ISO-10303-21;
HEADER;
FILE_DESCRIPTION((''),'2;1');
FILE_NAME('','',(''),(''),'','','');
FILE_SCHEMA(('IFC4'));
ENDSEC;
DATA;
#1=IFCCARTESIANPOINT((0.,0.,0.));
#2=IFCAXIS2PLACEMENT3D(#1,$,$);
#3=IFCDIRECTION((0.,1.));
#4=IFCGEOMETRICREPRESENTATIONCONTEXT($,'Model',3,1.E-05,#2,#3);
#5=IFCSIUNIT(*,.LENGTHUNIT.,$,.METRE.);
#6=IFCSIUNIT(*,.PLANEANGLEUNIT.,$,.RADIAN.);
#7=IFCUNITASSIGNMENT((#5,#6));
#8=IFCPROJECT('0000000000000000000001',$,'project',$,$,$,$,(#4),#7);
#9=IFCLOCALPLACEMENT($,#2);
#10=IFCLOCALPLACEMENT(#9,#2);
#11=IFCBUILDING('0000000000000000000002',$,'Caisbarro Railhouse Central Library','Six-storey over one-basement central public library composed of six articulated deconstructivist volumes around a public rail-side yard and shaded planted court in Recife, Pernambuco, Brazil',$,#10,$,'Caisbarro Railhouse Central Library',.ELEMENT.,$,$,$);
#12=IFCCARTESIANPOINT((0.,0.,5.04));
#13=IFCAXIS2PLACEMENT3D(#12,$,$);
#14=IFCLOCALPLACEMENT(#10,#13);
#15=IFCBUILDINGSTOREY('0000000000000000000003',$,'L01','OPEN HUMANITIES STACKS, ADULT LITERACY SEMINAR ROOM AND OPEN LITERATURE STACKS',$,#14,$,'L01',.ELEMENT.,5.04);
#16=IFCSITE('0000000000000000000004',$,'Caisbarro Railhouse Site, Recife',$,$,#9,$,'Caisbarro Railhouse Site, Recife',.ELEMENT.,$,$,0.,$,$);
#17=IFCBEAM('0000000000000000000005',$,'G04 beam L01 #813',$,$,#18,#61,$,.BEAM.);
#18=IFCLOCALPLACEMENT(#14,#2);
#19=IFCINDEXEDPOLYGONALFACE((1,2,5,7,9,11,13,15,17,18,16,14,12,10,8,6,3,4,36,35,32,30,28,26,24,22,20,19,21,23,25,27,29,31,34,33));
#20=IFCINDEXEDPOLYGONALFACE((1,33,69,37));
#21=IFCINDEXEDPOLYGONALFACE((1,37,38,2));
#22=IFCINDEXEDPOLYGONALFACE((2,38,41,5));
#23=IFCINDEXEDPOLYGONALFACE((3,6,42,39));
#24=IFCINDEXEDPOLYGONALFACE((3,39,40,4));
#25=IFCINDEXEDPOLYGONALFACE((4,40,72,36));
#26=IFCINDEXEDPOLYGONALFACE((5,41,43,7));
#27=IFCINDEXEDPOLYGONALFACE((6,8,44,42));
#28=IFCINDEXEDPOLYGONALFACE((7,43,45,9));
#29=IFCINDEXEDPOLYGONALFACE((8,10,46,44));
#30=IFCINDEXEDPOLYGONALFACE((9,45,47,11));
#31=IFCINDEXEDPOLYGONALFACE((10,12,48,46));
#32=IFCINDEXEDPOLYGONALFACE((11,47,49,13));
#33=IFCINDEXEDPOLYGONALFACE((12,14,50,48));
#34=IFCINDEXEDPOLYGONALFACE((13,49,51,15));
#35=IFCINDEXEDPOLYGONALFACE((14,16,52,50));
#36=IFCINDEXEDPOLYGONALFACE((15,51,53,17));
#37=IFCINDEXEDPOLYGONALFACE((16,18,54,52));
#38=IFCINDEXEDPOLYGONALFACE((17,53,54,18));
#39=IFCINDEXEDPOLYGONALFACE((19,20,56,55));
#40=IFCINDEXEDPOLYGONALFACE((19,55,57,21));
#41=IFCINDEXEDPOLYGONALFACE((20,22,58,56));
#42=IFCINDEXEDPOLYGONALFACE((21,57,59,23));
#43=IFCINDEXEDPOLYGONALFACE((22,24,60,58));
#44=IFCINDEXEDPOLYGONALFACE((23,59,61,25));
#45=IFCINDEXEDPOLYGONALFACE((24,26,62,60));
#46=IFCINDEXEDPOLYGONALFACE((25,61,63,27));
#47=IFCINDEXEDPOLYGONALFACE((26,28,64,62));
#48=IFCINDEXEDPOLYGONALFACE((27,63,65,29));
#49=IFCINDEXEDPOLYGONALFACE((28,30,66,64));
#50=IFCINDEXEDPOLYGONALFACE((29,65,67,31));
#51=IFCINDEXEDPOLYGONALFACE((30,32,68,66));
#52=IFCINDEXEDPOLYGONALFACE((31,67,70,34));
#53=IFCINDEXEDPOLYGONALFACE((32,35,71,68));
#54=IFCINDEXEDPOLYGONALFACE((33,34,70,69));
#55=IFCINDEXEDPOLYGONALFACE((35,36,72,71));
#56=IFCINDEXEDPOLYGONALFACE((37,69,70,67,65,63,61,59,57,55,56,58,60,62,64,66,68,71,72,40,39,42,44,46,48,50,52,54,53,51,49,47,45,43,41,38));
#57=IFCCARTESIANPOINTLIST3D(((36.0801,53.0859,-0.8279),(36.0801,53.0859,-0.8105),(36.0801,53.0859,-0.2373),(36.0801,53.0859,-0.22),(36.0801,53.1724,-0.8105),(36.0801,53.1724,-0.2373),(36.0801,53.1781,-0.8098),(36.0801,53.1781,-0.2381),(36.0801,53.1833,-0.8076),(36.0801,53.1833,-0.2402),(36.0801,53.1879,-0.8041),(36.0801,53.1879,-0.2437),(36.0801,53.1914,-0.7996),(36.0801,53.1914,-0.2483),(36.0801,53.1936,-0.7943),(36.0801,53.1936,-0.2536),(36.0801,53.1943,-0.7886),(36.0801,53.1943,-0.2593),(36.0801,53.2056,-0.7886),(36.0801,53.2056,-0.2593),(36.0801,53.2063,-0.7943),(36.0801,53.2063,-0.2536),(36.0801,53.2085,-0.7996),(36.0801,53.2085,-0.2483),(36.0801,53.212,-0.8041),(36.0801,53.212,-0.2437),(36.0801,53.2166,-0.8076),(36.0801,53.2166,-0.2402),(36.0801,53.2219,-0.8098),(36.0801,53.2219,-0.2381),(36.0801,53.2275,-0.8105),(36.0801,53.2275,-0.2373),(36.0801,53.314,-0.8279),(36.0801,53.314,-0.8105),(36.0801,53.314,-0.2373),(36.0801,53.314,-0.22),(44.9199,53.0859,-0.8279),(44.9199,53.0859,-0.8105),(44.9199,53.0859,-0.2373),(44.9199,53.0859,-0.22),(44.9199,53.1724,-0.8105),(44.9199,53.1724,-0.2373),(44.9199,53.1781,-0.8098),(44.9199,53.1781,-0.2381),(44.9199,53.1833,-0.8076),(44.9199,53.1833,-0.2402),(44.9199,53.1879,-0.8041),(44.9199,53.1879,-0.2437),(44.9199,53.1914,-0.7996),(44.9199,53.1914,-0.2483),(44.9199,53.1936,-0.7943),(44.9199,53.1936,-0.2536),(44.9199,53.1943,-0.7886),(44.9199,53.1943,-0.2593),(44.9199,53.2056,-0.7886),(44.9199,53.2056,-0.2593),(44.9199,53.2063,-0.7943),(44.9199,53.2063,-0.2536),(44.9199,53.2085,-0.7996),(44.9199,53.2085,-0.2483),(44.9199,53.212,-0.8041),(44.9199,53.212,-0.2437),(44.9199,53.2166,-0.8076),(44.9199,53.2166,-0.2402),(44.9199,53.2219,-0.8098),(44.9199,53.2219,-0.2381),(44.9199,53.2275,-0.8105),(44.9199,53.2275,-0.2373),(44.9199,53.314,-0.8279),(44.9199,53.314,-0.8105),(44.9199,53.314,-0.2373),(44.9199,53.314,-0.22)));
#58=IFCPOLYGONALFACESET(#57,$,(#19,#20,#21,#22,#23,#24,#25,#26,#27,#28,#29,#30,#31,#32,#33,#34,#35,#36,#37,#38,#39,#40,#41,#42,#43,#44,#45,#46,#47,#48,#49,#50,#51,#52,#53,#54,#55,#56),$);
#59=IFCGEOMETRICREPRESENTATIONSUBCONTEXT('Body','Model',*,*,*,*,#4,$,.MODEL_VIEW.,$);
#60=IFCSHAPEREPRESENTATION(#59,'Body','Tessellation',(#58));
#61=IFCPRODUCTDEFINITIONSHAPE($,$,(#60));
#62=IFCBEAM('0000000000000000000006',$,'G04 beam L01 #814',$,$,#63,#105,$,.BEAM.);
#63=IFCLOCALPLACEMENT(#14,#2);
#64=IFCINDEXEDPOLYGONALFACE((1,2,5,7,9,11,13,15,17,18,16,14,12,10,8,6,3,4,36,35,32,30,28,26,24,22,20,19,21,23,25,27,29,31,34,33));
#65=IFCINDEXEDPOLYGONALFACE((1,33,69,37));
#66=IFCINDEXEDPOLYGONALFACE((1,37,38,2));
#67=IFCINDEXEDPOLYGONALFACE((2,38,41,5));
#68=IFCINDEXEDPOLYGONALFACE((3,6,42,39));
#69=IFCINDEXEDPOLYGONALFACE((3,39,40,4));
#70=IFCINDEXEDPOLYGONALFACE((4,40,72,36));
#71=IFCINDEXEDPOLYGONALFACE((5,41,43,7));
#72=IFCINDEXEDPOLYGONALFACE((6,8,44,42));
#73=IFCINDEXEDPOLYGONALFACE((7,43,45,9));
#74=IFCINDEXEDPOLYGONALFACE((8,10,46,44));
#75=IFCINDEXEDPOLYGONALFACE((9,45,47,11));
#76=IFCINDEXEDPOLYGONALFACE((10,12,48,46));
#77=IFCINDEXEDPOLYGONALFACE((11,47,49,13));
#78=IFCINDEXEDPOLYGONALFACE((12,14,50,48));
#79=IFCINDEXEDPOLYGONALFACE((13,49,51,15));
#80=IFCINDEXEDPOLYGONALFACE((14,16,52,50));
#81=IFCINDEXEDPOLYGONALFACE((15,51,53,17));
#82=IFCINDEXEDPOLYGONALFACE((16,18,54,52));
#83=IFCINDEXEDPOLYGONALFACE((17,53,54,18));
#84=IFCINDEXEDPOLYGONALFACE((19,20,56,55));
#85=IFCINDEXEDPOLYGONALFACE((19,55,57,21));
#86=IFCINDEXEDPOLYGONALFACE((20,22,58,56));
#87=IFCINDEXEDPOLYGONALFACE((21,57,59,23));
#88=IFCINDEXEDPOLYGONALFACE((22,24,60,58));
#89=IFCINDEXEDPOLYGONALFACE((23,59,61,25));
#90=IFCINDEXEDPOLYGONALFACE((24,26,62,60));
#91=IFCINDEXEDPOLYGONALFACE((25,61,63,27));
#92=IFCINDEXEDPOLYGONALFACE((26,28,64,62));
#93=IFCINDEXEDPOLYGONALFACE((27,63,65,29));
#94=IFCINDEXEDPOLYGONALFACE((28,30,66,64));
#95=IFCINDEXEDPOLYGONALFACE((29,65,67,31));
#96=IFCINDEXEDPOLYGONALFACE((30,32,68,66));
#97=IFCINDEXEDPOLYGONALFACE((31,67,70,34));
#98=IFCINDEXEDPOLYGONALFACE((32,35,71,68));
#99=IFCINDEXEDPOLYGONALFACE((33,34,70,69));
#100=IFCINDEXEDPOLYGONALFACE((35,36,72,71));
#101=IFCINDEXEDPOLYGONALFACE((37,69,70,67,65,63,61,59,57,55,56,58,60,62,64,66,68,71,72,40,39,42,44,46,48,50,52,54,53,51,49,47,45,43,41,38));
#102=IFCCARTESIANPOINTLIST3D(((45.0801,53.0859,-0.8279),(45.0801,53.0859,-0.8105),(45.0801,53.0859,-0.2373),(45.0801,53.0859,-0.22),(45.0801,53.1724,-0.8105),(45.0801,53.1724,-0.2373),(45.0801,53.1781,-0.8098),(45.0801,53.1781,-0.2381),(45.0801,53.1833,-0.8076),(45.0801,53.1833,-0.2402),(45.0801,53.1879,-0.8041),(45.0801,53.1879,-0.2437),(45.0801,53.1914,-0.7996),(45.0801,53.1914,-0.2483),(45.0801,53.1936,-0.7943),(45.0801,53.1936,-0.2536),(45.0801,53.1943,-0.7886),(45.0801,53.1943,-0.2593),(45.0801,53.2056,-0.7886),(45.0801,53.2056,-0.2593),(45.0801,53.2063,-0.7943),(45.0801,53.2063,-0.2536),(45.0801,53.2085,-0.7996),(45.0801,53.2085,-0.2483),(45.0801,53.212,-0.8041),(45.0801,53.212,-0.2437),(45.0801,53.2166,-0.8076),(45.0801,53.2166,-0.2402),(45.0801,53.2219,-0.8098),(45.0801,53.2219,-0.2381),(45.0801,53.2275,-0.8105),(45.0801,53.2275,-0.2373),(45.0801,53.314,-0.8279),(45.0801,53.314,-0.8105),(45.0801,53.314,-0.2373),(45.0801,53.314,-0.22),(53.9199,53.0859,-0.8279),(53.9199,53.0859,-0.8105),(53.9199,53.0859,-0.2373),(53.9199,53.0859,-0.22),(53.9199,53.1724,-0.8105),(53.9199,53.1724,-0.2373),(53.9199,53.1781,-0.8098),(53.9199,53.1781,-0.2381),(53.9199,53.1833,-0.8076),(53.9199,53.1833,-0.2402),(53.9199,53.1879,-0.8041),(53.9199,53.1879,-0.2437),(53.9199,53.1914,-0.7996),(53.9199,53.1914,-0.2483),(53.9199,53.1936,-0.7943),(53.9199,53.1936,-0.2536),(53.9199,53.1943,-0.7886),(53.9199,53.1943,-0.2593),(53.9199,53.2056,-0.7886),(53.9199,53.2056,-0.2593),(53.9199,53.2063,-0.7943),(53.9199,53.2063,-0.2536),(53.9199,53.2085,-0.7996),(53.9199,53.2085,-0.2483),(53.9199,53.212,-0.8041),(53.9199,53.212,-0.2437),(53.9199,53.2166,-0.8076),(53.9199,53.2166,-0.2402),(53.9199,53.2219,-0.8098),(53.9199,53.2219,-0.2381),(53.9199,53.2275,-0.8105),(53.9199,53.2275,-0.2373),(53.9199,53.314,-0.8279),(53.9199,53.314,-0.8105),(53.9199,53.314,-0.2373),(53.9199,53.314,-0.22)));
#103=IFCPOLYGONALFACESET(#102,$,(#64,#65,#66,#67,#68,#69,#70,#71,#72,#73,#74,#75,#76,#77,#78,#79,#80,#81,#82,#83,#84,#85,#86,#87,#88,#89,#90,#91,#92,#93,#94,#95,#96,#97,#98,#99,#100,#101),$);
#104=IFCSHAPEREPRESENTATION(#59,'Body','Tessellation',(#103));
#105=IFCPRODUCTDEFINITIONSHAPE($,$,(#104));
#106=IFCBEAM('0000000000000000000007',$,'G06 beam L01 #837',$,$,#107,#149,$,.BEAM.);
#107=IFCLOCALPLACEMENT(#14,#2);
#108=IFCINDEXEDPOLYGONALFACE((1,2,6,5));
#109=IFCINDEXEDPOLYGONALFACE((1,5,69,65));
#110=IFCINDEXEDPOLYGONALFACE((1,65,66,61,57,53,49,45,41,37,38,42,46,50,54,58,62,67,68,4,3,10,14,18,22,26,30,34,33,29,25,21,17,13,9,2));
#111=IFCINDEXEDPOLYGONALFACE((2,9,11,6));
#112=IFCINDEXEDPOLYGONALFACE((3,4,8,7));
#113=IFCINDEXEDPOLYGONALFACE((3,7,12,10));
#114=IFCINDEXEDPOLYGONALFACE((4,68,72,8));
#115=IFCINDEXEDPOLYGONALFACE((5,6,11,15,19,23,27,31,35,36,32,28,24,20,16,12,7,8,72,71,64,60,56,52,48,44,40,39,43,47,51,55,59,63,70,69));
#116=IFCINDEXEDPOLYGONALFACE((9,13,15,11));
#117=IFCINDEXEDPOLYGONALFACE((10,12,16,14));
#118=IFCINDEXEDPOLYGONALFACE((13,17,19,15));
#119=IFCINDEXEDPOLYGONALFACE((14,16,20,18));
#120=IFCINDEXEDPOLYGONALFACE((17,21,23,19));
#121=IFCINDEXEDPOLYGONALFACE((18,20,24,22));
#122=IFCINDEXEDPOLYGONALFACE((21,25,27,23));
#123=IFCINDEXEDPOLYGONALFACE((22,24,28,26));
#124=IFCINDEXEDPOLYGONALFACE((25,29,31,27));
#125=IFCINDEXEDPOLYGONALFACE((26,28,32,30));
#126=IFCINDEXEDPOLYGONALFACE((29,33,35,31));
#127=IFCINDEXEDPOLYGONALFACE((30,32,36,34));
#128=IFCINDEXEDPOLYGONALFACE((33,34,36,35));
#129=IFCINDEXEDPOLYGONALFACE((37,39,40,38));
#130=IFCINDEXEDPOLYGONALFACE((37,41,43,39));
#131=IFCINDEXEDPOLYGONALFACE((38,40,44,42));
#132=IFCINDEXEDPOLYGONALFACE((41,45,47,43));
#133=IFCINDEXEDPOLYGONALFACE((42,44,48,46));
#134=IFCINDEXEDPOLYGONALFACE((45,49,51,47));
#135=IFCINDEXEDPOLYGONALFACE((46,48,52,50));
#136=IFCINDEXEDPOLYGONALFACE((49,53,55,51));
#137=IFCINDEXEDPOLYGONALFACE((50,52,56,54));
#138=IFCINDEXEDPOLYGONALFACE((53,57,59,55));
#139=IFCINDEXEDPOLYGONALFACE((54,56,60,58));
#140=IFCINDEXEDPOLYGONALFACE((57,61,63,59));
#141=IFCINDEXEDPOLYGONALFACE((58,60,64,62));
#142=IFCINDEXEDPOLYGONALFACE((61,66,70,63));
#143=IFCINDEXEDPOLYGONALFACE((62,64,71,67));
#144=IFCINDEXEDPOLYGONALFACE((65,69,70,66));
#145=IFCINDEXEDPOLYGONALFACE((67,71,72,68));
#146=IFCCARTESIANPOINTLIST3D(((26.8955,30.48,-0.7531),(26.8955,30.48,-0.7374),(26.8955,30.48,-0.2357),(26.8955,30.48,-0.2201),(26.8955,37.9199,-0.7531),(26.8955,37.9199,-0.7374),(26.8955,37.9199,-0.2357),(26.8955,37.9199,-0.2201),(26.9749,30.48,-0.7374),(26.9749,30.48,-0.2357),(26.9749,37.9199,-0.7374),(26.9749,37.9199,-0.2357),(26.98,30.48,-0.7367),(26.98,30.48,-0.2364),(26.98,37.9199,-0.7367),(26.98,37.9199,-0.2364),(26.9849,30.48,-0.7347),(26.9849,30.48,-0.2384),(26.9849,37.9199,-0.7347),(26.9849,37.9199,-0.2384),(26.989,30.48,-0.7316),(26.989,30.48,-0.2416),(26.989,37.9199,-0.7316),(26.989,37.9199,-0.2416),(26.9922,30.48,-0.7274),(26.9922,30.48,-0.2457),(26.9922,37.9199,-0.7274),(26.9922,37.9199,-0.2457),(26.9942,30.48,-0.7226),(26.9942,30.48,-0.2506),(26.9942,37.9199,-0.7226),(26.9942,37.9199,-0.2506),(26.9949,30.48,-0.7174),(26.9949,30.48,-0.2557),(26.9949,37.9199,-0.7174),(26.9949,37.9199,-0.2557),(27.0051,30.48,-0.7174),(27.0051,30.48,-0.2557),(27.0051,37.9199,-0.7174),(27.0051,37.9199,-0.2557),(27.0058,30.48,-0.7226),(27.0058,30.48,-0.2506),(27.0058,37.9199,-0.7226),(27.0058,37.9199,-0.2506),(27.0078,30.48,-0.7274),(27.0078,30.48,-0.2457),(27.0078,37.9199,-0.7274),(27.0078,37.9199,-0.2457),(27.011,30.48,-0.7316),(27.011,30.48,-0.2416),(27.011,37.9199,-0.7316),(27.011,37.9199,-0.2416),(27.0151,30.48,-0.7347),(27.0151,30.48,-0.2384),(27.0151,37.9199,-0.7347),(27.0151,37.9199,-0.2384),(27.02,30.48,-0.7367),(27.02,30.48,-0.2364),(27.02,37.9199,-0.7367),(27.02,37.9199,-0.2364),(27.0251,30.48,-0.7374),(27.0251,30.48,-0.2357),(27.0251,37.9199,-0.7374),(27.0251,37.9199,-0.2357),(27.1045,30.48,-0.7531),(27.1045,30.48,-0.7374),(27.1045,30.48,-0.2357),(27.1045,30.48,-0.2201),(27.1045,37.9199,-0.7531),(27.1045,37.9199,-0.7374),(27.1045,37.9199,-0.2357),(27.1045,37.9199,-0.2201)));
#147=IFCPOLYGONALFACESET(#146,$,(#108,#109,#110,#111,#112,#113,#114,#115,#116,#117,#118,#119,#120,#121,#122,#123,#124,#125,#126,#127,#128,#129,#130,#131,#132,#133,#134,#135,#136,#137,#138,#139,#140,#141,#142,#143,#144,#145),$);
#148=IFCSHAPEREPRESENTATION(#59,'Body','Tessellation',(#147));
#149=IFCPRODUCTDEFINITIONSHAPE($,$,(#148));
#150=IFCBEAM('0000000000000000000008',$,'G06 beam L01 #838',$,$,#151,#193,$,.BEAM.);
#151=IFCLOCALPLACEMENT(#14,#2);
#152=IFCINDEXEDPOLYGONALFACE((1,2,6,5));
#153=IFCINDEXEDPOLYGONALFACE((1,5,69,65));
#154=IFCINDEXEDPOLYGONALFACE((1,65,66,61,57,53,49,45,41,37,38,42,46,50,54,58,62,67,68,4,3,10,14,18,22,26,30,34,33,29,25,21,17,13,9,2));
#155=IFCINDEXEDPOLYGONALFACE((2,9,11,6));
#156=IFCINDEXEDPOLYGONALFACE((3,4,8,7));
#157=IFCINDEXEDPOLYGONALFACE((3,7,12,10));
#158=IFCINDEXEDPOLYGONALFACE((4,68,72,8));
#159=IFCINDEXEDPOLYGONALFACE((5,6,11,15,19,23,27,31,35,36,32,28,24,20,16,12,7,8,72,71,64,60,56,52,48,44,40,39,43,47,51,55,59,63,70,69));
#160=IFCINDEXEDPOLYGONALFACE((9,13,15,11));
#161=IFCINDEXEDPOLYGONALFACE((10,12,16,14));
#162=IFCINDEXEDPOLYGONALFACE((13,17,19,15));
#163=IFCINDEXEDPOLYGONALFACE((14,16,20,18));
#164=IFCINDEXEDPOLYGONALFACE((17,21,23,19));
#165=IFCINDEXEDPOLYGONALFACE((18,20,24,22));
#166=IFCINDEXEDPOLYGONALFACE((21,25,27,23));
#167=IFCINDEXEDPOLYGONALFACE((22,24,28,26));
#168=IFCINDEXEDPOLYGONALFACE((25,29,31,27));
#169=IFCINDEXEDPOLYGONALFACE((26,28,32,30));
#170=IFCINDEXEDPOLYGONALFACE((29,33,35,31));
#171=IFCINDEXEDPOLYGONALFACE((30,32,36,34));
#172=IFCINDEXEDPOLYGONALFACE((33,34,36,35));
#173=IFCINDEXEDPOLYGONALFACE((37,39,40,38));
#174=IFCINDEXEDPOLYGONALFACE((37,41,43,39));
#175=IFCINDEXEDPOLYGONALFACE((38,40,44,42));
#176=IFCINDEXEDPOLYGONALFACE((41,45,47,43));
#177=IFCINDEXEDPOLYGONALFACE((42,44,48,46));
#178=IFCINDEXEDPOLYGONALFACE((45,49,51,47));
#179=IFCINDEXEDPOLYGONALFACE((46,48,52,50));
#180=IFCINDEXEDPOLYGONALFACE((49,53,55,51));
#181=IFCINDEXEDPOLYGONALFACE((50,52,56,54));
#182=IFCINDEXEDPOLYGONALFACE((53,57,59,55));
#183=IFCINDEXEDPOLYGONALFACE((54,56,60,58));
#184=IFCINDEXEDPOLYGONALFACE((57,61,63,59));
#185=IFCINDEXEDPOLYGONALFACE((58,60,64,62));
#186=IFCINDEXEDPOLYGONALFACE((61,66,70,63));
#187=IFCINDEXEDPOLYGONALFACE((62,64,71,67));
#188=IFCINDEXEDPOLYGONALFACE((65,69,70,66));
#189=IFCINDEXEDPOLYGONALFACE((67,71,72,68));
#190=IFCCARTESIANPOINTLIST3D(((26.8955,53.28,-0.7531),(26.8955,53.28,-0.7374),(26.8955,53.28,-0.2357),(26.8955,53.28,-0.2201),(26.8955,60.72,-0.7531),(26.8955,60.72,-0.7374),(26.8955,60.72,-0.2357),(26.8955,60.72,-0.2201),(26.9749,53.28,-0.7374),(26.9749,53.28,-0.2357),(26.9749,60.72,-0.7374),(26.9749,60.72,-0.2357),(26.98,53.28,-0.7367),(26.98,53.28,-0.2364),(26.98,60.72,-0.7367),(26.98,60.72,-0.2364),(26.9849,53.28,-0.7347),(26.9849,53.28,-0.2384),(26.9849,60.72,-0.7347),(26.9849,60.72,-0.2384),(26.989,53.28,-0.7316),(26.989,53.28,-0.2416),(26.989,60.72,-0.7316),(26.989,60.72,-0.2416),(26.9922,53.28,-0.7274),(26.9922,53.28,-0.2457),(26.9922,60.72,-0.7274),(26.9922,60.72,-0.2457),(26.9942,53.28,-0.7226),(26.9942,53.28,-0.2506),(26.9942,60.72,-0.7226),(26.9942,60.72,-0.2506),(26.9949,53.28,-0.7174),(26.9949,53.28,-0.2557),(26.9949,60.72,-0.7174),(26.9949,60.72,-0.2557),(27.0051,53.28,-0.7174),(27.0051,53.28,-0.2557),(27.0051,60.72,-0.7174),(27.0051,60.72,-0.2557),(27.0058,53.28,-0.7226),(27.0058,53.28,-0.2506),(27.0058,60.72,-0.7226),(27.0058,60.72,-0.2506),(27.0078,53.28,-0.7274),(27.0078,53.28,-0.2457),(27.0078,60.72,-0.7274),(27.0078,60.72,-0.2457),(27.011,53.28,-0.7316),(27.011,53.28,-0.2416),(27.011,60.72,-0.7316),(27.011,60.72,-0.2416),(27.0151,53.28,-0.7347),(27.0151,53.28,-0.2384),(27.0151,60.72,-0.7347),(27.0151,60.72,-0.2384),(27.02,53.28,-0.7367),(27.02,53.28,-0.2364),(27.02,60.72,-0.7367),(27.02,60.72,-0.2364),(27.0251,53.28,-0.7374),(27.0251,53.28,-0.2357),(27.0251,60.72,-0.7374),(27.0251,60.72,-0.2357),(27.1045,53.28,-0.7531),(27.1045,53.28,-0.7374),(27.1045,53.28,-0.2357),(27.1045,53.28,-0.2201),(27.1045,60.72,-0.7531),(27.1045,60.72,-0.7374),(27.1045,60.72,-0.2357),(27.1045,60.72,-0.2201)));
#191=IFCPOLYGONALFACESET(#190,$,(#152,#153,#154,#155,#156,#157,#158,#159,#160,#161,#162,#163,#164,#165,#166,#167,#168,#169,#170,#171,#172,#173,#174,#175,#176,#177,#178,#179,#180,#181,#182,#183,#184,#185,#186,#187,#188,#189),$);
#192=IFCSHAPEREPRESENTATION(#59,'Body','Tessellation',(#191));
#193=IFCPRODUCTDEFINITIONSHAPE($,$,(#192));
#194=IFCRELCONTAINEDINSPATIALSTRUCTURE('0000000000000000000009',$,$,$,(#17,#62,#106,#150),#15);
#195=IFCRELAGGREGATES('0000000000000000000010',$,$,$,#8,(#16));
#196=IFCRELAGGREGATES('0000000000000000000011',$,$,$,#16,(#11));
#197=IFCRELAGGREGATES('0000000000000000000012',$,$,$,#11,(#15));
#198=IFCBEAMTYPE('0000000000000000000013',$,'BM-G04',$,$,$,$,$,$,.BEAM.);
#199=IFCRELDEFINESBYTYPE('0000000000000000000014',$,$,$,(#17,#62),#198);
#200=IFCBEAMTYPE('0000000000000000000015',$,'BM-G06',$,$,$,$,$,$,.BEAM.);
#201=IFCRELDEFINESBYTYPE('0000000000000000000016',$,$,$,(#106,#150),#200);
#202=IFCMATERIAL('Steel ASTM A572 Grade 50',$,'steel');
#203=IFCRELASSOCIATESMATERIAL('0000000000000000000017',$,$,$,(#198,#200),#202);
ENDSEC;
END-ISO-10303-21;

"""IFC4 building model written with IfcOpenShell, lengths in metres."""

from ifc_helpers import new_model, si_unit, direction, frame, origin, origin_2d, place, context, subcontext, project, spatial, i_section, extrude, material, material_profile, profile_set, type_object, element, save


model = new_model("IFC4")

# Units and contexts
model_context = context("Model", 3, precision=1e-05, world=origin(), true_north=direction((0.0, 1.0)))
body_context = subcontext(model_context, "Body", "Model", "MODEL_VIEW")
ifc_project = project(units=[si_unit("LENGTHUNIT", "METRE"), si_unit("PLANEANGLEUNIT", "RADIAN")], contexts=[model_context])

# Site, building, storey
site_placement = place(None, origin())
site = spatial("IfcSite", under=ifc_project, at=site_placement, Name="Caisbarro Railhouse Site, Recife", LongName="Caisbarro Railhouse Site, Recife", CompositionType="ELEMENT", RefElevation=0.0)
building_placement = place(site_placement, origin())
building = spatial("IfcBuilding", under=site, at=building_placement, Name="Caisbarro Railhouse Central Library", Description="Six-storey over one-basement central public library composed of six articulated deconstructivist volumes around a public rail-side yard and shaded planted court in Recife, Pernambuco, Brazil", LongName="Caisbarro Railhouse Central Library", CompositionType="ELEMENT")
storey_placement = place(building_placement, frame((0.0, 0.0, 5.04)))
storey = spatial("IfcBuildingStorey", under=building, at=storey_placement, Name="L01", Description="OPEN HUMANITIES STACKS, ADULT LITERACY SEMINAR ROOM AND OPEN LITERATURE STACKS", LongName="L01", CompositionType="ELEMENT", Elevation=5.04)

# Shared definitions
ifc_material = material(Name="Steel ASTM A572 Grade 50", Category="steel")

# Beams
ifc_material_profile_1 = material_profile(ifc_material, i_section(OverallWidth=0.228, OverallDepth=0.6079, WebThickness=0.0112, FlangeThickness=0.0173, FilletRadius=0.022, at=origin_2d()), Name="W610X113.0")
ifc_profile_set_1 = profile_set([ifc_material_profile_1], Name="Steel ASTM A572 Grade 50")
beam_type_1 = type_object("IfcBeamType", Name="BM-G04", PredefinedType="BEAM", material=ifc_profile_set_1)
for number, where, z_axis, x_axis, name in (
    (1, (36.0801, 53.2, -0.5239), (1.0, 0.0, 0.0), (0.0, 1.0, 0.0), "G04 beam L01 #813"),
    (2, (45.0801, 53.2, -0.5239), (1.0, 0.0, 0.0), (0.0, 1.0, 0.0), "G04 beam L01 #814"),
):
    element("IfcBeam", number, at=place(storey_placement, frame(where, z_axis=z_axis, x_axis=x_axis)), inside=storey, type_object=beam_type_1, Name=name, PredefinedType="BEAM", context=body_context, shape_type="SweptSolid", body=[
        extrude(i_section(OverallWidth=0.228, OverallDepth=0.6079, WebThickness=0.0112, FlangeThickness=0.0173, FilletRadius=0.022, at=origin_2d()), origin(), (0.0, 0.0, 1.0), 8.8398),
    ])
ifc_material_profile_2 = material_profile(ifc_material, i_section(OverallWidth=0.209, OverallDepth=0.533, WebThickness=0.0103, FlangeThickness=0.0156, FilletRadius=0.02, at=origin_2d()), Name="W530X92.0")
ifc_profile_set_2 = profile_set([ifc_material_profile_2], Name="Steel ASTM A572 Grade 50")
beam_type_2 = type_object("IfcBeamType", Name="BM-G06", PredefinedType="BEAM", material=ifc_profile_set_2)
for number, where, z_axis, x_axis, name in (
    (3, (27.0, 30.48, -0.4866), (0.0, 1.0, 0.0), (-1.0, 0.0, 0.0), "G06 beam L01 #837"),
    (4, (27.0, 53.28, -0.4866), (0.0, 1.0, 0.0), (-1.0, 0.0, 0.0), "G06 beam L01 #838"),
):
    element("IfcBeam", number, at=place(storey_placement, frame(where, z_axis=z_axis, x_axis=x_axis)), inside=storey, type_object=beam_type_2, Name=name, PredefinedType="BEAM", context=body_context, shape_type="SweptSolid", body=[
        extrude(i_section(OverallWidth=0.209, OverallDepth=0.533, WebThickness=0.0103, FlangeThickness=0.0156, FilletRadius=0.02, at=origin_2d()), origin(), (0.0, 0.0, 1.0), 7.4399),
    ])

save(model, "model.ifc")
